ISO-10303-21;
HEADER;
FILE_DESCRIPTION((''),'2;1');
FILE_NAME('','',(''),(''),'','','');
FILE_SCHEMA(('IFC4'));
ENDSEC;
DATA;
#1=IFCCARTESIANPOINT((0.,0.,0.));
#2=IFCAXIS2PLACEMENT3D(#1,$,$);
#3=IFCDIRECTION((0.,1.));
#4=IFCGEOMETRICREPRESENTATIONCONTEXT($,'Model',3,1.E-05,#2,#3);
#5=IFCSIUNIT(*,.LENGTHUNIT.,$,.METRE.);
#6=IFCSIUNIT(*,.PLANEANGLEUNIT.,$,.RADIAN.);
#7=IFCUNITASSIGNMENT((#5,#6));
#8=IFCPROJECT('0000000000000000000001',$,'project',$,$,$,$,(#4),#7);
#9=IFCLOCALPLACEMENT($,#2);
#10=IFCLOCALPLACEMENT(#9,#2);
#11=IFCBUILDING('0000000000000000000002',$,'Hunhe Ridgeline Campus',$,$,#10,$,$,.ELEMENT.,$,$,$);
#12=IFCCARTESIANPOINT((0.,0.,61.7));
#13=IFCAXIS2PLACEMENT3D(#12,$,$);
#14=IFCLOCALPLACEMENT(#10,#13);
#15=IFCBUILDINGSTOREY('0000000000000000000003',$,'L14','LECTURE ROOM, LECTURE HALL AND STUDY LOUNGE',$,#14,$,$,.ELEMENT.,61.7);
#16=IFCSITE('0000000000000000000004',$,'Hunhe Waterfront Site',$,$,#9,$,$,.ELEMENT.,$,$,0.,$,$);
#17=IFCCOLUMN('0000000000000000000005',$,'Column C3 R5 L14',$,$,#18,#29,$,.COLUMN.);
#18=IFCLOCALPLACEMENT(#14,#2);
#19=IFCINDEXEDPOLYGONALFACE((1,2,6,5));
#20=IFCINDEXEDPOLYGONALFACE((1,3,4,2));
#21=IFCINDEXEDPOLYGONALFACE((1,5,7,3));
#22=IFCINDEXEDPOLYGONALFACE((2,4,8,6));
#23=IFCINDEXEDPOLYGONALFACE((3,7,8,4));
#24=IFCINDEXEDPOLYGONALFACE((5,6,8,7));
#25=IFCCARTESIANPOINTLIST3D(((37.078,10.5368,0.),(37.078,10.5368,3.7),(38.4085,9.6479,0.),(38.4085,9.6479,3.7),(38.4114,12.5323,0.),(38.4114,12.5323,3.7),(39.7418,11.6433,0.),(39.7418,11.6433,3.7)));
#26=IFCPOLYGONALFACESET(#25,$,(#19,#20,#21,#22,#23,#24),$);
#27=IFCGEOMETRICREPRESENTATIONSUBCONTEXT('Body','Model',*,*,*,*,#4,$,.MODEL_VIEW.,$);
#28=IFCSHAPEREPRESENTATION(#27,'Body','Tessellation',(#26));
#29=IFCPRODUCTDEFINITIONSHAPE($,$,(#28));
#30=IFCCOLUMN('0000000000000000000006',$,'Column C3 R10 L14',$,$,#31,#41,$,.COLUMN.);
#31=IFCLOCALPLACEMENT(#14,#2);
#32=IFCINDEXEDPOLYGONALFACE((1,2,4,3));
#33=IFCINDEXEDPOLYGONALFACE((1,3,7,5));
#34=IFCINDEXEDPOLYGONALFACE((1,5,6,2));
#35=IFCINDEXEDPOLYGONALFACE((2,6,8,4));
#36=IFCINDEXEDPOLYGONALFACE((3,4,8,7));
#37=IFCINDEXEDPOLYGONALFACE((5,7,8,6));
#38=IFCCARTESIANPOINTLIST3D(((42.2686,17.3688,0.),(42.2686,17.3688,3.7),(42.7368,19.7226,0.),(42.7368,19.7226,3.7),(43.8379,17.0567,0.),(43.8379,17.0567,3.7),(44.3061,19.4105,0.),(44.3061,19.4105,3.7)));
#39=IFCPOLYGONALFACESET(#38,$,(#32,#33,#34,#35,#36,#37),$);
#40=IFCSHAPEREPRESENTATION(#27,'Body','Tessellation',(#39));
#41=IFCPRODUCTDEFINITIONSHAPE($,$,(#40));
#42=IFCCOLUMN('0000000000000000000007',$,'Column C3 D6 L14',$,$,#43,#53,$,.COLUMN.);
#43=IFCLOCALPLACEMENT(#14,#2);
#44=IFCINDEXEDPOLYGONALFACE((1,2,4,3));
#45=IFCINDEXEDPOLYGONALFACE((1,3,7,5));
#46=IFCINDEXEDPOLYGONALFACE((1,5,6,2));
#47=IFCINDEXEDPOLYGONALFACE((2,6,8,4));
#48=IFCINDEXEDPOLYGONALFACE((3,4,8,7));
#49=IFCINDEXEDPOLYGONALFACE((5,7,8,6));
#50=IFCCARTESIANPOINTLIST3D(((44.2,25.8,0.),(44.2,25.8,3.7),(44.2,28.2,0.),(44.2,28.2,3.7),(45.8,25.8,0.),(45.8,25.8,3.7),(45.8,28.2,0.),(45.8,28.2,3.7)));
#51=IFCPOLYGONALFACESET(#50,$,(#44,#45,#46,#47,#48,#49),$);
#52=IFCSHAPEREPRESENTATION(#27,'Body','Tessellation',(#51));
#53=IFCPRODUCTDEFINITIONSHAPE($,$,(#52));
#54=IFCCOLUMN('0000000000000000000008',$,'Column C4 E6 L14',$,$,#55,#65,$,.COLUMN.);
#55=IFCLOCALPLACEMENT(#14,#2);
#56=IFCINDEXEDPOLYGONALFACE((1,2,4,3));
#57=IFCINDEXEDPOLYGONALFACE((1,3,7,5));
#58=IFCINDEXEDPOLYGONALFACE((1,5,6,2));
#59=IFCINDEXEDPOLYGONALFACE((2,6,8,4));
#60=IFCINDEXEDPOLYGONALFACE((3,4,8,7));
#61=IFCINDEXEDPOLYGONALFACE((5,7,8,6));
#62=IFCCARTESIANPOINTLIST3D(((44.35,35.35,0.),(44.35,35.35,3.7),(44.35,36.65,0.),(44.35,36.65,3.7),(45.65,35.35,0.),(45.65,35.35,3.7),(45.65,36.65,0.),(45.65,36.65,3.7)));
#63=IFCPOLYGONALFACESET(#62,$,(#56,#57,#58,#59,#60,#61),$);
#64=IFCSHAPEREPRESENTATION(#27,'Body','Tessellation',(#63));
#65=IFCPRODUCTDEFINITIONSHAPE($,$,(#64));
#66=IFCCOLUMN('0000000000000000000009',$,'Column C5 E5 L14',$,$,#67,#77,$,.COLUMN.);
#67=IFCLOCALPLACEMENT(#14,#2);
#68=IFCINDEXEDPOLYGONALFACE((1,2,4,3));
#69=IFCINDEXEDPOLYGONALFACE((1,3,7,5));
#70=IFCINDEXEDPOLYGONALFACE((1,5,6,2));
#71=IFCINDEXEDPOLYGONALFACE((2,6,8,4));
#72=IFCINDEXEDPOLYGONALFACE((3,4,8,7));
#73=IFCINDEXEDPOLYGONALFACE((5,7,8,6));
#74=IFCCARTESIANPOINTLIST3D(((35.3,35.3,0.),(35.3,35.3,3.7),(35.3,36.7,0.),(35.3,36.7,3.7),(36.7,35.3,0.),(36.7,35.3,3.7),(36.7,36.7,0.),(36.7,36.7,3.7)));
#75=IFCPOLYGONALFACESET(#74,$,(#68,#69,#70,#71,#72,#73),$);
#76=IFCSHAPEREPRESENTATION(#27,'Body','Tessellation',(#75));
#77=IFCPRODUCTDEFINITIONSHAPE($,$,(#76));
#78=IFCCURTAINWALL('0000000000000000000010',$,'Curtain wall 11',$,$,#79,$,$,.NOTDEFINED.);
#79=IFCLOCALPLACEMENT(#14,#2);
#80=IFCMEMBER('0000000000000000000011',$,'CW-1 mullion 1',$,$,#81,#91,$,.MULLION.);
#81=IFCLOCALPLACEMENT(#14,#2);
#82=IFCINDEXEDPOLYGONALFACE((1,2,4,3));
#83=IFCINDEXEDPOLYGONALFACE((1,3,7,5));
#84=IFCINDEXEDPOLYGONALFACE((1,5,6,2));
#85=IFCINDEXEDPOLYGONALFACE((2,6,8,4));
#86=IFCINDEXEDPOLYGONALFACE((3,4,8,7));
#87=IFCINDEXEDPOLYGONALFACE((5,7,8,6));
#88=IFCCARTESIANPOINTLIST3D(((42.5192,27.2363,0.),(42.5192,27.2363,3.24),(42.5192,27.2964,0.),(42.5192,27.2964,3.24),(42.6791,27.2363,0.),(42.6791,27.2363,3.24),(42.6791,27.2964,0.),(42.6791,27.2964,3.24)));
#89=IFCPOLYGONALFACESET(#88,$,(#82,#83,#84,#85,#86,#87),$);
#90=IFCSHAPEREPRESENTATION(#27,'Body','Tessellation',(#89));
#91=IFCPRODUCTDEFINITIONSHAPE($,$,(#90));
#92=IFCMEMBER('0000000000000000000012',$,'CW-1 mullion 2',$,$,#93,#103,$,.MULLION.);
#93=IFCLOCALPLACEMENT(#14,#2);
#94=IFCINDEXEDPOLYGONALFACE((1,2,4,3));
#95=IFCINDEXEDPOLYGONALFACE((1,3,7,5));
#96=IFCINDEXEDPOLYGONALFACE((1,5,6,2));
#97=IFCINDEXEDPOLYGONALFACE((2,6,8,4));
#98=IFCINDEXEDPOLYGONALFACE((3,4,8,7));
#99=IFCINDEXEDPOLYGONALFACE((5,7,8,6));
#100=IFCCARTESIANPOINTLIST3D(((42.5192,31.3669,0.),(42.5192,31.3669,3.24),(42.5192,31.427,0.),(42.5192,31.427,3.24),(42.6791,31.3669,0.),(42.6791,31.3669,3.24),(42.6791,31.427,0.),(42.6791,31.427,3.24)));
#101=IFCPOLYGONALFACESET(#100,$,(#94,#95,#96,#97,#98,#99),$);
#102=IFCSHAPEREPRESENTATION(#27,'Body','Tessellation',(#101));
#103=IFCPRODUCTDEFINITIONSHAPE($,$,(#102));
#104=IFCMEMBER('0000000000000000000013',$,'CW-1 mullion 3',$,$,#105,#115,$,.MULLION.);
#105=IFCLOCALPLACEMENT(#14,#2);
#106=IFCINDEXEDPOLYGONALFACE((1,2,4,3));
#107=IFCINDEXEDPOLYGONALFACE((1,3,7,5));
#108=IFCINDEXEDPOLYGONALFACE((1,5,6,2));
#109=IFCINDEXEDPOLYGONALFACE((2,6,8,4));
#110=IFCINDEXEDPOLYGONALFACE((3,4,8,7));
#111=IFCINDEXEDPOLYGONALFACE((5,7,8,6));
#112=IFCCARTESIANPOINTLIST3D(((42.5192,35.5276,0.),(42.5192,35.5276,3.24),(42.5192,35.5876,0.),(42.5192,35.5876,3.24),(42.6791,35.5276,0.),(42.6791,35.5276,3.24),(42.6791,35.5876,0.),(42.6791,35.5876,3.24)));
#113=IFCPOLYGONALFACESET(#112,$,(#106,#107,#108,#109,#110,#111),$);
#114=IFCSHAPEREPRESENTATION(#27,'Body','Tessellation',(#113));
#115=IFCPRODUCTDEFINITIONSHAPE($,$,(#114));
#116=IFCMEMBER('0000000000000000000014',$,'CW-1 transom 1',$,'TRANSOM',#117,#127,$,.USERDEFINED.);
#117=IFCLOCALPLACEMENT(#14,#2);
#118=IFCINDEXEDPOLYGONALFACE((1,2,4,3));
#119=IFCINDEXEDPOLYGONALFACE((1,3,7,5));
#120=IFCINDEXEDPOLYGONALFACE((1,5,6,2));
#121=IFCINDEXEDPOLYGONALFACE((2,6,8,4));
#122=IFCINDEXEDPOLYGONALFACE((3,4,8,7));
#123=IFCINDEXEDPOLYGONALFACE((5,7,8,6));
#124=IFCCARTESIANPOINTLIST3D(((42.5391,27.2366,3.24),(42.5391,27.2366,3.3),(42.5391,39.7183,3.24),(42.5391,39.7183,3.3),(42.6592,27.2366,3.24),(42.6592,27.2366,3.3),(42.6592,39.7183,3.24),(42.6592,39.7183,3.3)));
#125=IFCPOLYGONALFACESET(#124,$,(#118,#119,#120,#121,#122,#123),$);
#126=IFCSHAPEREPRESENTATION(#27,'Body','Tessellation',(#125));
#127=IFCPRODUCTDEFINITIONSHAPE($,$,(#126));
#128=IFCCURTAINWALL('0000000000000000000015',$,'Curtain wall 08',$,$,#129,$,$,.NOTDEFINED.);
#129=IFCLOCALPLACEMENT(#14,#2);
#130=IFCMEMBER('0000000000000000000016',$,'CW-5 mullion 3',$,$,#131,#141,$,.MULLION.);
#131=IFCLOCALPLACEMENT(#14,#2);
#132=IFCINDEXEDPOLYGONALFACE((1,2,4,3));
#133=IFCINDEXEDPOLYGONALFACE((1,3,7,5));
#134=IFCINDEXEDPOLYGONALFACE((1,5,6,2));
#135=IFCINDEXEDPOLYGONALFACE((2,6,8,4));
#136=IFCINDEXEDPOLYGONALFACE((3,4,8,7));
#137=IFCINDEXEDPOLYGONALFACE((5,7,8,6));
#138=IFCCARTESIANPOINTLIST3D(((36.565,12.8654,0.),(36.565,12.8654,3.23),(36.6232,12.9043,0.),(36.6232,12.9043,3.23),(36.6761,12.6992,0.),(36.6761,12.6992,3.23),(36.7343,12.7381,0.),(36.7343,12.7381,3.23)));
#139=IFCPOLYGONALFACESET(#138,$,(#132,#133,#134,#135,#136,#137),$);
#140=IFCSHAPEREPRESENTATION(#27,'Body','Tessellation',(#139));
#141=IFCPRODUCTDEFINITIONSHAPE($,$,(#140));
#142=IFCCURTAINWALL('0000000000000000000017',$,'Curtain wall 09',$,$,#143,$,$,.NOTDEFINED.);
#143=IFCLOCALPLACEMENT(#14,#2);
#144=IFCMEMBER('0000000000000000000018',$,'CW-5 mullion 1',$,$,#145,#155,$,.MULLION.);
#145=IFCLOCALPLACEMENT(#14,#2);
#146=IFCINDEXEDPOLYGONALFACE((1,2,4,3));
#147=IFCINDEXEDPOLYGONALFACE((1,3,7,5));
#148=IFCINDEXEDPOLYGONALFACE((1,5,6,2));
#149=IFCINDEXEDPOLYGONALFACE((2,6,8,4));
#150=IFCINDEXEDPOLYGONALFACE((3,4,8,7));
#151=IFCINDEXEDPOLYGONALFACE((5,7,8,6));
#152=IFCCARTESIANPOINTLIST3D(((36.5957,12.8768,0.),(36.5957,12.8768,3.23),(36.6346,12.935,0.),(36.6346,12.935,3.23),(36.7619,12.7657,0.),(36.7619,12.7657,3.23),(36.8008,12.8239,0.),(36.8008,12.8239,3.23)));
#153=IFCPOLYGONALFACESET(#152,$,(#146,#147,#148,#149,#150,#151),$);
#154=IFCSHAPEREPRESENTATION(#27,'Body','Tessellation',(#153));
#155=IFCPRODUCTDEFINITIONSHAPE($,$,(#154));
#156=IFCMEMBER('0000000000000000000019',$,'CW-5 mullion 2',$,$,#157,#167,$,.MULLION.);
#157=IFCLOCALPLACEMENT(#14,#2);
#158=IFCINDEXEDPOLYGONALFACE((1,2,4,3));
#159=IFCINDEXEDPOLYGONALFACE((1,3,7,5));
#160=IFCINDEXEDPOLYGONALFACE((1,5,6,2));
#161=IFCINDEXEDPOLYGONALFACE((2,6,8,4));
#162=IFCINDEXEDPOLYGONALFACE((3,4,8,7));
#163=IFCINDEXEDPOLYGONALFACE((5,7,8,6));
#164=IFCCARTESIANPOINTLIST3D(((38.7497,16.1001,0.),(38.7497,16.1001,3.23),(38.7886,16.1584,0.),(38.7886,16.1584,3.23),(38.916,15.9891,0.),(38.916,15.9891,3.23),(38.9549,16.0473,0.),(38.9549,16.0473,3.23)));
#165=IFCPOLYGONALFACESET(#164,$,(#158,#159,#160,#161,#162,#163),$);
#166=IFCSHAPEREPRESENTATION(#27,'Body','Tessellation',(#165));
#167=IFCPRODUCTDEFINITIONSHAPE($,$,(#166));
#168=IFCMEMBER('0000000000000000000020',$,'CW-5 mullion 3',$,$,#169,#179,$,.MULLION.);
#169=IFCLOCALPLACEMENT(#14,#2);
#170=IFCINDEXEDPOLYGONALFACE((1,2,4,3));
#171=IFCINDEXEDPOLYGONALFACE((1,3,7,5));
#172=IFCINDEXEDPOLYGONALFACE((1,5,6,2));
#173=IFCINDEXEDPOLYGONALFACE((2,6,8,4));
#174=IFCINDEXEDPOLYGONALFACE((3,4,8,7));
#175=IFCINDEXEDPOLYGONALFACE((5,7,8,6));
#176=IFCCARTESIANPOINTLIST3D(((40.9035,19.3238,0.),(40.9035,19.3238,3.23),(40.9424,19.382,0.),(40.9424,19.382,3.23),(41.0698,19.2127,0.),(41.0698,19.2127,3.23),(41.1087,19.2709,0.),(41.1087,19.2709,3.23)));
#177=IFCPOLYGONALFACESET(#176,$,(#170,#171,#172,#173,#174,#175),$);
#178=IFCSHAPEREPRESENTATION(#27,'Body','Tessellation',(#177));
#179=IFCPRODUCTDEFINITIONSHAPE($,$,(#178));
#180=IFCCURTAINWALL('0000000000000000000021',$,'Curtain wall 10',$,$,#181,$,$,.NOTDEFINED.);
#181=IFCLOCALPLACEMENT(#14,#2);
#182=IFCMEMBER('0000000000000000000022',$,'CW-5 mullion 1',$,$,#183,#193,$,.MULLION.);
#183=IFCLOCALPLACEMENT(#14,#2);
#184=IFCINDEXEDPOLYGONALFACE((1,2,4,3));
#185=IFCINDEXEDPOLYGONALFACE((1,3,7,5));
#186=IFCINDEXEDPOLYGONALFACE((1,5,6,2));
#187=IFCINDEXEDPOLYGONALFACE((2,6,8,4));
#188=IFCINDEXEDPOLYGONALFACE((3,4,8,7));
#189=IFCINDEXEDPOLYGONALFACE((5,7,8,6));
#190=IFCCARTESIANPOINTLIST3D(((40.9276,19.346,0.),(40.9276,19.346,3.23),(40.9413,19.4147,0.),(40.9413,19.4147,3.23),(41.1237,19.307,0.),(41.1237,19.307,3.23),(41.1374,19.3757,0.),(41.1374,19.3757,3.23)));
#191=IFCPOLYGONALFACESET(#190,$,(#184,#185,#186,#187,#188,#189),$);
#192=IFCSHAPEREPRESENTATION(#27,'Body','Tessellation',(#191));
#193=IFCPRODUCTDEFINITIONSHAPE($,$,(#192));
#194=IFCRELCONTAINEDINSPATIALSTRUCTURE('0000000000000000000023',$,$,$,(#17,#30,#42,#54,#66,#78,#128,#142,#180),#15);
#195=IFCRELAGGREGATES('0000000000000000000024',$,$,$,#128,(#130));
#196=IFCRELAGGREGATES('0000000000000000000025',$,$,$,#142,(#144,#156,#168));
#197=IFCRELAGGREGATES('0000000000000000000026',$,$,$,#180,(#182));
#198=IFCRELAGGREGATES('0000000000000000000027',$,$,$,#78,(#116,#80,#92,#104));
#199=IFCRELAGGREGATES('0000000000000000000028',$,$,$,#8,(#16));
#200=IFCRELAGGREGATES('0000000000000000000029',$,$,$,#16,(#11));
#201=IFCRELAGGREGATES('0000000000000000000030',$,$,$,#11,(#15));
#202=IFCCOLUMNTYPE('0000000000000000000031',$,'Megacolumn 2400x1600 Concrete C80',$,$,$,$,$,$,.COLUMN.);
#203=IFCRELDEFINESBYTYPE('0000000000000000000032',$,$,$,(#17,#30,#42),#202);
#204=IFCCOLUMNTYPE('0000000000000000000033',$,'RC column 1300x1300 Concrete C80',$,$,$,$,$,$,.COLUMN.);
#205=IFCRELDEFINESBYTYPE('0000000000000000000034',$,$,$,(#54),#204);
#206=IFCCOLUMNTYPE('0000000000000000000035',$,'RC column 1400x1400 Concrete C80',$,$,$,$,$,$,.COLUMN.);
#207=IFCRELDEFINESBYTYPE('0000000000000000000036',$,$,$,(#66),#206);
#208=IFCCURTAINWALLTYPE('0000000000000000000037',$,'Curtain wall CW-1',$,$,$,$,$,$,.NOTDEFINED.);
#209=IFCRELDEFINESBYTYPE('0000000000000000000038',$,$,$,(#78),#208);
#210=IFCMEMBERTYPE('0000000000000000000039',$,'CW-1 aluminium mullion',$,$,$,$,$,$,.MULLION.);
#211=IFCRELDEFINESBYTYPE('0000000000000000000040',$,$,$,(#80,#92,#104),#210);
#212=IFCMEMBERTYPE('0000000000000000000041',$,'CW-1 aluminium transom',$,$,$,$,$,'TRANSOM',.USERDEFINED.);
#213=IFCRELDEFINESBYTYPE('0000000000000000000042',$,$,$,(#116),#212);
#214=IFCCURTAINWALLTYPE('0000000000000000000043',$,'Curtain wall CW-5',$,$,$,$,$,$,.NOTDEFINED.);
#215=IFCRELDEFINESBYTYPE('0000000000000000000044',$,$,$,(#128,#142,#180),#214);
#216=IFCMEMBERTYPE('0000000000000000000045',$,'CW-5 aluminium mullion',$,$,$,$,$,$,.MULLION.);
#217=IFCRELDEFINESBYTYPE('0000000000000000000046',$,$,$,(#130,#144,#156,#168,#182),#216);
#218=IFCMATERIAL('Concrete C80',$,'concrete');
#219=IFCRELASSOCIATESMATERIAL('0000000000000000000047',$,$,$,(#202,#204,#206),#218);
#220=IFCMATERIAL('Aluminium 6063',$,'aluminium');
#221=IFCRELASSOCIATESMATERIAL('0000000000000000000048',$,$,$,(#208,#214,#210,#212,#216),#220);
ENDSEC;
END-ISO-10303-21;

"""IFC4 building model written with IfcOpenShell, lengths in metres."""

from ifc_helpers import new_model, si_unit, direction, frame, origin, origin_2d, place, context, subcontext, project, spatial, rectangle, extrude, material, material_profile, profile_set, type_object, element, aggregate, save


model = new_model("IFC4")

# Units and contexts
model_context = context("Model", 3, precision=1e-05, world=origin(), true_north=direction((0.0, 1.0)))
body_context = subcontext(model_context, "Body", "Model", "MODEL_VIEW")
ifc_project = project(units=[si_unit("LENGTHUNIT", "METRE"), si_unit("PLANEANGLEUNIT", "RADIAN")], contexts=[model_context])

# Site, building, storey
site_placement = place(None, origin())
site = spatial("IfcSite", under=ifc_project, at=site_placement, Name="Hunhe Waterfront Site", CompositionType="ELEMENT", RefElevation=0.0)
building_placement = place(site_placement, origin())
building = spatial("IfcBuilding", under=site, at=building_placement, Name="Hunhe Ridgeline Campus", CompositionType="ELEMENT")
storey_placement = place(building_placement, frame((0.0, 0.0, 61.7)))
storey = spatial("IfcBuildingStorey", under=building, at=storey_placement, Name="L14", Description="LECTURE ROOM, LECTURE HALL AND STUDY LOUNGE", CompositionType="ELEMENT", Elevation=61.7)

# Columns
ifc_material_1 = material(Name="Concrete C80", Category="concrete")
ifc_material_profile_1 = material_profile(ifc_material_1, rectangle(XDim=2.3999, YDim=1.6001, at=origin_2d()))
ifc_profile_set_1 = profile_set([ifc_material_profile_1], Name="Concrete C80")
column_type_1 = type_object("IfcColumnType", Name="Megacolumn 2400x1600 Concrete C80", PredefinedType="COLUMN", material=ifc_profile_set_1)
for number, where, z_axis, x_axis, name in (
    (1, (38.4099, 11.0901, 0.0), (0.0, 0.0, 1.0), (0.55557, 0.83147, 0.0), "Column C3 R5 L14"),
    (2, (43.2874, 18.3896, 0.0), (0.0, 0.0, 1.0), (0.19509, 0.980785, 0.0), "Column C3 R10 L14"),
    (3, (45.0, 27.0, 0.0), (0.0, 0.0, 1.0), (0.0, 1.0, 0.0), "Column C3 D6 L14"),
):
    element("IfcColumn", number, at=place(storey_placement, frame(where, z_axis=z_axis, x_axis=x_axis)), inside=storey, type_object=column_type_1, Name=name, PredefinedType="COLUMN", context=body_context, shape_type="SweptSolid", body=[
        extrude(rectangle(XDim=2.3999, YDim=1.6001, at=origin_2d()), origin(), (0.0, 0.0, 1.0), 3.7),
    ])
ifc_material_profile_2 = material_profile(ifc_material_1, rectangle(XDim=1.3, YDim=1.3, at=origin_2d()))
ifc_profile_set_2 = profile_set([ifc_material_profile_2], Name="Concrete C80")
column_type_2 = type_object("IfcColumnType", Name="RC column 1300x1300 Concrete C80", PredefinedType="COLUMN", material=ifc_profile_set_2)
column_1_placement = place(storey_placement, frame((45.0, 36.0, 0.0), z_axis=(0.0, 0.0, 1.0), x_axis=(1.0, 0.0, 0.0)))
element("IfcColumn", 4, at=column_1_placement, inside=storey, type_object=column_type_2, Name="Column C4 E6 L14", PredefinedType="COLUMN", context=body_context, shape_type="SweptSolid", body=[
    extrude(rectangle(XDim=1.3, YDim=1.3, at=origin_2d()), origin(), (0.0, 0.0, 1.0), 3.7),
])
ifc_material_profile_3 = material_profile(ifc_material_1, rectangle(XDim=1.3999, YDim=1.3999, at=origin_2d()))
ifc_profile_set_3 = profile_set([ifc_material_profile_3], Name="Concrete C80")
column_type_3 = type_object("IfcColumnType", Name="RC column 1400x1400 Concrete C80", PredefinedType="COLUMN", material=ifc_profile_set_3)
column_2_placement = place(storey_placement, frame((36.0, 36.0, 0.0), z_axis=(0.0, 0.0, 1.0), x_axis=(1.0, 0.0, 0.0)))
element("IfcColumn", 5, at=column_2_placement, inside=storey, type_object=column_type_3, Name="Column C5 E5 L14", PredefinedType="COLUMN", context=body_context, shape_type="SweptSolid", body=[
    extrude(rectangle(XDim=1.3999, YDim=1.3999, at=origin_2d()), origin(), (0.0, 0.0, 1.0), 3.7),
])

# Curtain wall, members
ifc_material_2 = material(Name="Aluminium 6063", Category="aluminium")
curtain_wall_type_1 = type_object("IfcCurtainWallType", Name="Curtain wall CW-1", PredefinedType="NOTDEFINED", material=ifc_material_2)
curtain_wall_1_placement = place(storey_placement, origin())
curtain_wall_1 = element("IfcCurtainWall", 6, at=curtain_wall_1_placement, inside=storey, type_object=curtain_wall_type_1, Name="Curtain wall 11", PredefinedType="NOTDEFINED")
ifc_material_profile_4 = material_profile(ifc_material_2, rectangle(XDim=0.1599, YDim=0.0601, at=origin_2d()))
ifc_profile_set_4 = profile_set([ifc_material_profile_4], Name="Aluminium 6063")
member_type_1 = type_object("IfcMemberType", Name="CW-1 aluminium mullion", PredefinedType="MULLION", material=ifc_profile_set_4)
member_1_placement = place(storey_placement, frame((42.5991, 27.2664, 0.0), z_axis=(0.0, 0.0, 1.0), x_axis=(-1.0, 0.0, 0.0)))
member_1 = element("IfcMember", 7, at=member_1_placement, type_object=member_type_1, Name="CW-1 mullion 1", PredefinedType="MULLION", context=body_context, shape_type="SweptSolid", body=[
    extrude(rectangle(XDim=0.1599, YDim=0.0601, at=origin_2d()), origin(), (0.0, 0.0, 1.0), 3.24),
])
member_2_placement = place(storey_placement, frame((42.5991, 31.397, 0.0), z_axis=(0.0, 0.0, 1.0), x_axis=(-1.0, 0.0, 0.0)))
member_2 = element("IfcMember", 8, at=member_2_placement, type_object=member_type_1, Name="CW-1 mullion 2", PredefinedType="MULLION", context=body_context, shape_type="SweptSolid", body=[
    extrude(rectangle(XDim=0.1599, YDim=0.0601, at=origin_2d()), origin(), (0.0, 0.0, 1.0), 3.24),
])
member_3_placement = place(storey_placement, frame((42.5991, 35.5576, 0.0), z_axis=(0.0, 0.0, 1.0), x_axis=(-1.0, 0.0, 0.0)))
member_3 = element("IfcMember", 9, at=member_3_placement, type_object=member_type_1, Name="CW-1 mullion 3", PredefinedType="MULLION", context=body_context, shape_type="SweptSolid", body=[
    extrude(rectangle(XDim=0.1599, YDim=0.0601, at=origin_2d()), origin(), (0.0, 0.0, 1.0), 3.24),
])
ifc_material_profile_5 = material_profile(ifc_material_2, rectangle(XDim=0.1201, YDim=0.0601, at=origin_2d()))
ifc_profile_set_5 = profile_set([ifc_material_profile_5], Name="Aluminium 6063")
member_type_2 = type_object("IfcMemberType", Name="CW-1 aluminium transom", ElementType="TRANSOM", PredefinedType="USERDEFINED", material=ifc_profile_set_5)
member_4_placement = place(storey_placement, frame((42.5991, 27.2366, 3.27), z_axis=(0.0, 1.0, 0.0), x_axis=(-1.0, 0.0, 0.0)))
member_4 = element("IfcMember", 10, at=member_4_placement, type_object=member_type_2, Name="CW-1 transom 1", ObjectType="TRANSOM", PredefinedType="USERDEFINED", context=body_context, shape_type="SweptSolid", body=[
    extrude(rectangle(XDim=0.1201, YDim=0.0601, at=origin_2d()), origin(), (0.0, 0.0, 1.0), 12.4817),
])

# Curtain wall, member
curtain_wall_type_2 = type_object("IfcCurtainWallType", Name="Curtain wall CW-5", PredefinedType="NOTDEFINED", material=ifc_material_2)
curtain_wall_2_placement = place(storey_placement, origin())
curtain_wall_2 = element("IfcCurtainWall", 11, at=curtain_wall_2_placement, inside=storey, type_object=curtain_wall_type_2, Name="Curtain wall 08", PredefinedType="NOTDEFINED")
ifc_material_profile_6 = material_profile(ifc_material_2, rectangle(XDim=0.2, YDim=0.0701, at=origin_2d()))
ifc_profile_set_6 = profile_set([ifc_material_profile_6], Name="Aluminium 6063")
member_type_3 = type_object("IfcMemberType", Name="CW-5 aluminium mullion", PredefinedType="MULLION", material=ifc_profile_set_6)
member_5_placement = place(storey_placement, frame((36.6497, 12.8018, 0.0), z_axis=(0.0, 0.0, 1.0), x_axis=(-0.55557, 0.83147, 0.0)))
member_5 = element("IfcMember", 12, at=member_5_placement, type_object=member_type_3, Name="CW-5 mullion 3", PredefinedType="MULLION", context=body_context, shape_type="SweptSolid", body=[
    extrude(rectangle(XDim=0.2, YDim=0.0701, at=origin_2d()), origin(), (0.0, 0.0, 1.0), 3.23),
])
aggregate(curtain_wall_2, [member_5])

# Curtain walls, members
curtain_wall_3_placement = place(storey_placement, origin())
curtain_wall_3 = element("IfcCurtainWall", 13, at=curtain_wall_3_placement, inside=storey, type_object=curtain_wall_type_2, Name="Curtain wall 09", PredefinedType="NOTDEFINED")
member_6_placement = place(storey_placement, frame((36.6982, 12.8503, 0.0), z_axis=(0.0, 0.0, 1.0), x_axis=(-0.83147, 0.55557, 0.0)))
member_6 = element("IfcMember", 14, at=member_6_placement, type_object=member_type_3, Name="CW-5 mullion 1", PredefinedType="MULLION", context=body_context, shape_type="SweptSolid", body=[
    extrude(rectangle(XDim=0.2, YDim=0.0701, at=origin_2d()), origin(), (0.0, 0.0, 1.0), 3.23),
])
member_7_placement = place(storey_placement, frame((38.8523, 16.0737, 0.0), z_axis=(0.0, 0.0, 1.0), x_axis=(-0.83147, 0.55557, 0.0)))
member_7 = element("IfcMember", 15, at=member_7_placement, type_object=member_type_3, Name="CW-5 mullion 2", PredefinedType="MULLION", context=body_context, shape_type="SweptSolid", body=[
    extrude(rectangle(XDim=0.2, YDim=0.0701, at=origin_2d()), origin(), (0.0, 0.0, 1.0), 3.23),
])
member_8_placement = place(storey_placement, frame((41.0061, 19.2974, 0.0), z_axis=(0.0, 0.0, 1.0), x_axis=(-0.83147, 0.55557, 0.0)))
member_8 = element("IfcMember", 16, at=member_8_placement, type_object=member_type_3, Name="CW-5 mullion 3", PredefinedType="MULLION", context=body_context, shape_type="SweptSolid", body=[
    extrude(rectangle(XDim=0.2, YDim=0.0701, at=origin_2d()), origin(), (0.0, 0.0, 1.0), 3.23),
])
curtain_wall_4_placement = place(storey_placement, origin())
curtain_wall_4 = element("IfcCurtainWall", 17, at=curtain_wall_4_placement, inside=storey, type_object=curtain_wall_type_2, Name="Curtain wall 10", PredefinedType="NOTDEFINED")
member_9_placement = place(storey_placement, frame((41.0325, 19.3608, 0.0), z_axis=(0.0, 0.0, 1.0), x_axis=(-0.980785, 0.19509, 0.0)))
member_9 = element("IfcMember", 18, at=member_9_placement, type_object=member_type_3, Name="CW-5 mullion 1", PredefinedType="MULLION", context=body_context, shape_type="SweptSolid", body=[
    extrude(rectangle(XDim=0.2, YDim=0.0701, at=origin_2d()), origin(), (0.0, 0.0, 1.0), 3.23),
])

aggregate(curtain_wall_3, [member_6, member_7, member_8])
aggregate(curtain_wall_4, [member_9])
aggregate(curtain_wall_1, [member_4, member_1, member_2, member_3])

save(model, "model.ifc")
